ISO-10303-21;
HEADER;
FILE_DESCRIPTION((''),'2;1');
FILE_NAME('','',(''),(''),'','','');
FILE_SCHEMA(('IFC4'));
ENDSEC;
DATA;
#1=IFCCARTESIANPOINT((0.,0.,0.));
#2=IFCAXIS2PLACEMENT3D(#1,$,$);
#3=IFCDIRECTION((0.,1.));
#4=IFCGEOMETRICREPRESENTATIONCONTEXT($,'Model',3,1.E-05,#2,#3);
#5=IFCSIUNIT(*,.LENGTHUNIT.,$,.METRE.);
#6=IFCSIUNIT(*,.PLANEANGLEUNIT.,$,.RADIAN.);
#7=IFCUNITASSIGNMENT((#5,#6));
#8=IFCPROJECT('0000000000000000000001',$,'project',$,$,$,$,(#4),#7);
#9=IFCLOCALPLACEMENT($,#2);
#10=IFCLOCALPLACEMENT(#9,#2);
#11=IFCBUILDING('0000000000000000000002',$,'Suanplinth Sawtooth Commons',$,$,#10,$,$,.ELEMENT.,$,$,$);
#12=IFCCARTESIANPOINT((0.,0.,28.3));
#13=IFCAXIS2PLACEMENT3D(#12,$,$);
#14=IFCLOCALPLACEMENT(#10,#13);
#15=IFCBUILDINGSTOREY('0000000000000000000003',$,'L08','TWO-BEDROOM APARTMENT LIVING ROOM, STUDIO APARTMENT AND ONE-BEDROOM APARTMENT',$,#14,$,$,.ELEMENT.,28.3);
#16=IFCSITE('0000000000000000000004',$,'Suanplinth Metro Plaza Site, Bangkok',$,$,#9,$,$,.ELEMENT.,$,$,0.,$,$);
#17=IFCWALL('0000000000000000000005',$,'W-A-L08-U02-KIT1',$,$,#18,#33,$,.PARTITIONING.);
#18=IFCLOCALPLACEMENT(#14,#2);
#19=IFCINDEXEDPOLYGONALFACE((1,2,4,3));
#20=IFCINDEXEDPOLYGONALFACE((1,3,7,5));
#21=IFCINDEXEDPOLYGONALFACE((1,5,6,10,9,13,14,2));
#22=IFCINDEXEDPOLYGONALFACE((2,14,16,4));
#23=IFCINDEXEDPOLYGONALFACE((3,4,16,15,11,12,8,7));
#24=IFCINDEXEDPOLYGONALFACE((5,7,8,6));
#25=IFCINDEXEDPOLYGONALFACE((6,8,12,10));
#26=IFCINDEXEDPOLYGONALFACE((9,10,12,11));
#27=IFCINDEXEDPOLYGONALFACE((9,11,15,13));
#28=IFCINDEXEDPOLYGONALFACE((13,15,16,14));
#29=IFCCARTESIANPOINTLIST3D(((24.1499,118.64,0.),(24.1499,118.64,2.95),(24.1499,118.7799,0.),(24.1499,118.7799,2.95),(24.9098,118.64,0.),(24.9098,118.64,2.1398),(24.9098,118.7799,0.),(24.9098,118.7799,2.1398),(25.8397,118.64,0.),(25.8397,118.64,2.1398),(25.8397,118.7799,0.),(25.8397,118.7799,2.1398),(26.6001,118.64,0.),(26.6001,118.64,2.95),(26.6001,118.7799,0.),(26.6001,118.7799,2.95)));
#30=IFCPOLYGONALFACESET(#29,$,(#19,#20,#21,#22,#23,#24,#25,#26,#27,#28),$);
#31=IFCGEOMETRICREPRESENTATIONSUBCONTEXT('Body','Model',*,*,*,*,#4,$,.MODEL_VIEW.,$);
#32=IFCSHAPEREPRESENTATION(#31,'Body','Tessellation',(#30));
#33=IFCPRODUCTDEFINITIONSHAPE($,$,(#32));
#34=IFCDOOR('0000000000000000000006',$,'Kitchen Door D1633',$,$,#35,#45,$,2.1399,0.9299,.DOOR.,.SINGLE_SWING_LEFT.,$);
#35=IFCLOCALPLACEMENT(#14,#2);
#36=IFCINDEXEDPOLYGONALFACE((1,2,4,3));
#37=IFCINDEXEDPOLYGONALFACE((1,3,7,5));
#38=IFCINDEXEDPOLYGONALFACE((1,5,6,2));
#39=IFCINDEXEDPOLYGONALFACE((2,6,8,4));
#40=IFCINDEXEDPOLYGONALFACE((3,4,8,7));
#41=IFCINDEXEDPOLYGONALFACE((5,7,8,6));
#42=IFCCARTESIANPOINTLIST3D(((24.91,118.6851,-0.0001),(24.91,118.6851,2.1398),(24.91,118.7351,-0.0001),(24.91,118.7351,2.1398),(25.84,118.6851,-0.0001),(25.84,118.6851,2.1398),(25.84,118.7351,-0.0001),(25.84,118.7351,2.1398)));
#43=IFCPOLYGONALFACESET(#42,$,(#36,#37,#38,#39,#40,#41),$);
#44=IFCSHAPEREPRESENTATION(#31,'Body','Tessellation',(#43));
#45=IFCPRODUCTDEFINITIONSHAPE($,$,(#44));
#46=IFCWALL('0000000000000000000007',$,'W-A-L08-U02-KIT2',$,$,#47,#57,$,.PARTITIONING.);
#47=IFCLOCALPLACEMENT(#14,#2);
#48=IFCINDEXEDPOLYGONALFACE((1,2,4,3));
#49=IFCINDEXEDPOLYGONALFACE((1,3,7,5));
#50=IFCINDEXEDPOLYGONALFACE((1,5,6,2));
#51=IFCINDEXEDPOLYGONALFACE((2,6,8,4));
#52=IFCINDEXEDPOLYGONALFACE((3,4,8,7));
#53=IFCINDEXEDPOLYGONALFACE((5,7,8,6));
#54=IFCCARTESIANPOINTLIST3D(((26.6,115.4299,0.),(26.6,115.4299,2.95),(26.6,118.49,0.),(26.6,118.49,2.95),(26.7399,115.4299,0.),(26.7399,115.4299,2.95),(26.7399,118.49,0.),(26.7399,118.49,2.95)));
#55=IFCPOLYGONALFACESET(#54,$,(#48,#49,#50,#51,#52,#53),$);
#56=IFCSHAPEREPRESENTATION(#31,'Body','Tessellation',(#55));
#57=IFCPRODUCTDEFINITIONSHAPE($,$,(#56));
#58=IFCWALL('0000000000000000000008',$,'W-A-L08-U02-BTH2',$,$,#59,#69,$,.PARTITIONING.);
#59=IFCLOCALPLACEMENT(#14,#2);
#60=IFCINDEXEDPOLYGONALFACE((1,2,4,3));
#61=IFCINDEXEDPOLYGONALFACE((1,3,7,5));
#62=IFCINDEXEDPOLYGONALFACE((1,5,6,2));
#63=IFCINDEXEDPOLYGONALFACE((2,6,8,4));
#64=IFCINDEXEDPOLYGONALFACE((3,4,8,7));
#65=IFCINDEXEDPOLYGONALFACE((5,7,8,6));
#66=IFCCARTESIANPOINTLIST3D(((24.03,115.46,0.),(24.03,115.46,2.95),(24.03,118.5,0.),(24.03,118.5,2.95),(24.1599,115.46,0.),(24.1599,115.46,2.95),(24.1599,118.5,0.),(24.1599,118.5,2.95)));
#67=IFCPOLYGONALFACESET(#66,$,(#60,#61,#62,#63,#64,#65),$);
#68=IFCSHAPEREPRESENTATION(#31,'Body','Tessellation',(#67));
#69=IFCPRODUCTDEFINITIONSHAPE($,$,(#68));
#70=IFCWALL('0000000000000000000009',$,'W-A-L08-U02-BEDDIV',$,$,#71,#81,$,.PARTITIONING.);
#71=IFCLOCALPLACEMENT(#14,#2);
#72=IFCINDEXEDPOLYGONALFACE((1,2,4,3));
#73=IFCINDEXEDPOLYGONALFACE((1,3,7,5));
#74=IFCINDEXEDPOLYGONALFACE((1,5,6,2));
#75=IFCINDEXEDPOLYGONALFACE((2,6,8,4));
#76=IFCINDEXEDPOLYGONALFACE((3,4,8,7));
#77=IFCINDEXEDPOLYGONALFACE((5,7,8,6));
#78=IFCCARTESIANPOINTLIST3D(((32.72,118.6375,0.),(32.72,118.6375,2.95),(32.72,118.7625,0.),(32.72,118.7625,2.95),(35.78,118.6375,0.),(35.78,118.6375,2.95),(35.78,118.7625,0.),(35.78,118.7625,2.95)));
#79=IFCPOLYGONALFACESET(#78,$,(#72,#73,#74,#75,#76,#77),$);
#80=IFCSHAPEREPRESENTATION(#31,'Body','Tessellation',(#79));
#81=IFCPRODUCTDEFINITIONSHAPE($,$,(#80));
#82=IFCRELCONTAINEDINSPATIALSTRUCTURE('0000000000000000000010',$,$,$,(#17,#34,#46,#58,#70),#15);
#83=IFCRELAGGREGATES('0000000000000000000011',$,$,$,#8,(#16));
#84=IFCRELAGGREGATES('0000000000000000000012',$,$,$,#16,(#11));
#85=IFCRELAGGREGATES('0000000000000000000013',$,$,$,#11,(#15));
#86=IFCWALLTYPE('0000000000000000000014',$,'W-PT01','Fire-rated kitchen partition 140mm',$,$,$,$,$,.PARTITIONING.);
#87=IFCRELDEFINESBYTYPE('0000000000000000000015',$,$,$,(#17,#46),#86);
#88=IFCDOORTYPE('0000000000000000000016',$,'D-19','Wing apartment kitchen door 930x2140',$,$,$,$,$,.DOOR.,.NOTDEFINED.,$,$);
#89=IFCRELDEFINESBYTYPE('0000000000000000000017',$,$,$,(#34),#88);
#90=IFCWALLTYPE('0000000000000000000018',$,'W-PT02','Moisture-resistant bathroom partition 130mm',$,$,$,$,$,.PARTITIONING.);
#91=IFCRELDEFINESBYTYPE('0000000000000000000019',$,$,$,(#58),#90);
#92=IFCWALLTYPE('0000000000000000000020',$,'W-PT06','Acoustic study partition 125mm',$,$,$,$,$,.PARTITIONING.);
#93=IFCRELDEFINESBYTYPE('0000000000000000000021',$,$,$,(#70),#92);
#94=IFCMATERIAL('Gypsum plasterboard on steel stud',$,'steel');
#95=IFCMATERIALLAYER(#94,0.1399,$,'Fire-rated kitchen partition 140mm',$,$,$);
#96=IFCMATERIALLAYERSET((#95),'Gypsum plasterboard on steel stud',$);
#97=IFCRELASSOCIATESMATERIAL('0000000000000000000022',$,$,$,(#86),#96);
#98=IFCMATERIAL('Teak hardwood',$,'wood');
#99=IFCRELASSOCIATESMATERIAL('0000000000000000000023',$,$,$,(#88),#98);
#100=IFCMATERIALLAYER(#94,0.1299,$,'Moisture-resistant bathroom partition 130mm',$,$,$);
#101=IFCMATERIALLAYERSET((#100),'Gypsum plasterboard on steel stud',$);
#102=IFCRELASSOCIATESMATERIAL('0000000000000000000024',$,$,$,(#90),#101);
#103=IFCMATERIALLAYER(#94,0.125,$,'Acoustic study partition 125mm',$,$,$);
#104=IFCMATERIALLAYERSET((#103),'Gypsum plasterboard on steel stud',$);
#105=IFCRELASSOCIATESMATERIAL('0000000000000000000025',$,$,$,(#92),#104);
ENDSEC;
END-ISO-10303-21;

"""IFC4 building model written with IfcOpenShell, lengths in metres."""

from ifc_helpers import new_model, si_unit, direction, frame, frame_2d, origin, place, context, subcontext, project, spatial, rectangle, extrude, material, layer, layer_set, type_object, element, fill, save


model = new_model("IFC4")

# Units and contexts
model_context = context("Model", 3, precision=1e-05, world=origin(), true_north=direction((0.0, 1.0)))
body_context = subcontext(model_context, "Body", "Model", "MODEL_VIEW")
ifc_project = project(units=[si_unit("LENGTHUNIT", "METRE"), si_unit("PLANEANGLEUNIT", "RADIAN")], contexts=[model_context])

# Site, building, storey
site_placement = place(None, origin())
site = spatial("IfcSite", under=ifc_project, at=site_placement, Name="Suanplinth Metro Plaza Site, Bangkok", CompositionType="ELEMENT", RefElevation=0.0)
building_placement = place(site_placement, origin())
building = spatial("IfcBuilding", under=site, at=building_placement, Name="Suanplinth Sawtooth Commons", CompositionType="ELEMENT")
storey_placement = place(building_placement, frame((0.0, 0.0, 28.3)))
storey = spatial("IfcBuildingStorey", under=building, at=storey_placement, Name="L08", Description="TWO-BEDROOM APARTMENT LIVING ROOM, STUDIO APARTMENT AND ONE-BEDROOM APARTMENT", CompositionType="ELEMENT", Elevation=28.3)

# Wall, opening, door
ifc_material_1 = material(Name="Teak hardwood", Category="wood")
ifc_material_2 = material(Name="Gypsum plasterboard on steel stud", Category="steel")
ifc_layer_1 = layer(ifc_material_2, 0.1399, Name="Fire-rated kitchen partition 140mm")
ifc_layer_set_1 = layer_set([ifc_layer_1], Name="Gypsum plasterboard on steel stud")
wall_type_1 = type_object("IfcWallType", Name="W-PT01", Description="Fire-rated kitchen partition 140mm", PredefinedType="PARTITIONING", material=ifc_layer_set_1)
wall_1_placement = place(storey_placement, frame((24.1499, 118.71, 0.0), z_axis=(0.0, 0.0, 1.0), x_axis=(1.0, 0.0, 0.0)))
wall_1 = element("IfcWall", 1, at=wall_1_placement, inside=storey, type_object=wall_type_1, Name="W-A-L08-U02-KIT1", PredefinedType="PARTITIONING", context=body_context, shape_type="SweptSolid", body=[
    extrude(rectangle(XDim=2.4502, YDim=0.1399, at=frame_2d((1.2251, 0.0))), origin(), (0.0, 0.0, 1.0), 2.95),
])
opening_1_placement = place(wall_1_placement, frame((0.76, 0.0, 0.0)))
opening_1 = element("IfcOpeningElement", 2, at=opening_1_placement, cuts=wall_1, PredefinedType="OPENING", context=body_context, shape_type="SweptSolid", body=[
    extrude(rectangle(XDim=0.9299, YDim=2.1399, at=frame_2d((0.4648, 1.0698))), frame((0.0, 0.085, 0.0), z_axis=(0.0, -1.0, 0.0), x_axis=(1.0, 0.0, 0.0)), (0.0, 0.0, 1.0), 0.1697),
])
door_type_1 = type_object("IfcDoorType", Name="D-19", Description="Wing apartment kitchen door 930x2140", OperationType="NOTDEFINED", PredefinedType="DOOR", material=ifc_material_1)
door_1_placement = place(opening_1_placement, frame((0.9299, 0.0, 0.0), z_axis=(0.0, 0.0, 1.0), x_axis=(-1.0, 0.0, 0.0)))
door_1 = element("IfcDoor", 3, at=door_1_placement, inside=storey, type_object=door_type_1, Name="Kitchen Door D1633", OperationType="SINGLE_SWING_LEFT", OverallHeight=2.1399, OverallWidth=0.9299, PredefinedType="DOOR", context=body_context, shape_type="SweptSolid", body=[
    extrude(rectangle(XDim=0.9299, YDim=2.1399, at=frame_2d((0.4648, 1.0698))), frame((0.0, 0.0249, 0.0), z_axis=(0.0, -1.0, 0.0), x_axis=(1.0, 0.0, 0.0)), (0.0, 0.0, 1.0), 0.05),
])
fill(opening_1, door_1)

# Walls
wall_2_placement = place(storey_placement, frame((26.6699, 115.4299, 0.0), z_axis=(0.0, 0.0, 1.0), x_axis=(0.0, 1.0, 0.0)))
element("IfcWall", 4, at=wall_2_placement, inside=storey, type_object=wall_type_1, Name="W-A-L08-U02-KIT2", PredefinedType="PARTITIONING", context=body_context, shape_type="SweptSolid", body=[
    extrude(rectangle(XDim=3.0601, YDim=0.1399, at=frame_2d((1.53, 0.0))), origin(), (0.0, 0.0, 1.0), 2.95),
])
ifc_layer_2 = layer(ifc_material_2, 0.1299, Name="Moisture-resistant bathroom partition 130mm")
ifc_layer_set_2 = layer_set([ifc_layer_2], Name="Gypsum plasterboard on steel stud")
wall_type_2 = type_object("IfcWallType", Name="W-PT02", Description="Moisture-resistant bathroom partition 130mm", PredefinedType="PARTITIONING", material=ifc_layer_set_2)
wall_3_placement = place(storey_placement, frame((24.095, 115.46, 0.0), z_axis=(0.0, 0.0, 1.0), x_axis=(0.0, 1.0, 0.0)))
element("IfcWall", 5, at=wall_3_placement, inside=storey, type_object=wall_type_2, Name="W-A-L08-U02-BTH2", PredefinedType="PARTITIONING", context=body_context, shape_type="SweptSolid", body=[
    extrude(rectangle(XDim=3.04, YDim=0.1299, at=frame_2d((1.52, 0.0))), origin(), (0.0, 0.0, 1.0), 2.95),
])

# Wall
ifc_layer_3 = layer(ifc_material_2, 0.125, Name="Acoustic study partition 125mm")
ifc_layer_set_3 = layer_set([ifc_layer_3], Name="Gypsum plasterboard on steel stud")
wall_type_3 = type_object("IfcWallType", Name="W-PT06", Description="Acoustic study partition 125mm", PredefinedType="PARTITIONING", material=ifc_layer_set_3)
wall_4_placement = place(storey_placement, frame((32.72, 118.7, 0.0), z_axis=(0.0, 0.0, 1.0), x_axis=(1.0, 0.0, 0.0)))
element("IfcWall", 6, at=wall_4_placement, inside=storey, type_object=wall_type_3, Name="W-A-L08-U02-BEDDIV", PredefinedType="PARTITIONING", context=body_context, shape_type="SweptSolid", body=[
    extrude(rectangle(XDim=3.0601, YDim=0.125, at=frame_2d((1.53, 0.0))), origin(), (0.0, 0.0, 1.0), 2.95),
])

save(model, "model.ifc")
